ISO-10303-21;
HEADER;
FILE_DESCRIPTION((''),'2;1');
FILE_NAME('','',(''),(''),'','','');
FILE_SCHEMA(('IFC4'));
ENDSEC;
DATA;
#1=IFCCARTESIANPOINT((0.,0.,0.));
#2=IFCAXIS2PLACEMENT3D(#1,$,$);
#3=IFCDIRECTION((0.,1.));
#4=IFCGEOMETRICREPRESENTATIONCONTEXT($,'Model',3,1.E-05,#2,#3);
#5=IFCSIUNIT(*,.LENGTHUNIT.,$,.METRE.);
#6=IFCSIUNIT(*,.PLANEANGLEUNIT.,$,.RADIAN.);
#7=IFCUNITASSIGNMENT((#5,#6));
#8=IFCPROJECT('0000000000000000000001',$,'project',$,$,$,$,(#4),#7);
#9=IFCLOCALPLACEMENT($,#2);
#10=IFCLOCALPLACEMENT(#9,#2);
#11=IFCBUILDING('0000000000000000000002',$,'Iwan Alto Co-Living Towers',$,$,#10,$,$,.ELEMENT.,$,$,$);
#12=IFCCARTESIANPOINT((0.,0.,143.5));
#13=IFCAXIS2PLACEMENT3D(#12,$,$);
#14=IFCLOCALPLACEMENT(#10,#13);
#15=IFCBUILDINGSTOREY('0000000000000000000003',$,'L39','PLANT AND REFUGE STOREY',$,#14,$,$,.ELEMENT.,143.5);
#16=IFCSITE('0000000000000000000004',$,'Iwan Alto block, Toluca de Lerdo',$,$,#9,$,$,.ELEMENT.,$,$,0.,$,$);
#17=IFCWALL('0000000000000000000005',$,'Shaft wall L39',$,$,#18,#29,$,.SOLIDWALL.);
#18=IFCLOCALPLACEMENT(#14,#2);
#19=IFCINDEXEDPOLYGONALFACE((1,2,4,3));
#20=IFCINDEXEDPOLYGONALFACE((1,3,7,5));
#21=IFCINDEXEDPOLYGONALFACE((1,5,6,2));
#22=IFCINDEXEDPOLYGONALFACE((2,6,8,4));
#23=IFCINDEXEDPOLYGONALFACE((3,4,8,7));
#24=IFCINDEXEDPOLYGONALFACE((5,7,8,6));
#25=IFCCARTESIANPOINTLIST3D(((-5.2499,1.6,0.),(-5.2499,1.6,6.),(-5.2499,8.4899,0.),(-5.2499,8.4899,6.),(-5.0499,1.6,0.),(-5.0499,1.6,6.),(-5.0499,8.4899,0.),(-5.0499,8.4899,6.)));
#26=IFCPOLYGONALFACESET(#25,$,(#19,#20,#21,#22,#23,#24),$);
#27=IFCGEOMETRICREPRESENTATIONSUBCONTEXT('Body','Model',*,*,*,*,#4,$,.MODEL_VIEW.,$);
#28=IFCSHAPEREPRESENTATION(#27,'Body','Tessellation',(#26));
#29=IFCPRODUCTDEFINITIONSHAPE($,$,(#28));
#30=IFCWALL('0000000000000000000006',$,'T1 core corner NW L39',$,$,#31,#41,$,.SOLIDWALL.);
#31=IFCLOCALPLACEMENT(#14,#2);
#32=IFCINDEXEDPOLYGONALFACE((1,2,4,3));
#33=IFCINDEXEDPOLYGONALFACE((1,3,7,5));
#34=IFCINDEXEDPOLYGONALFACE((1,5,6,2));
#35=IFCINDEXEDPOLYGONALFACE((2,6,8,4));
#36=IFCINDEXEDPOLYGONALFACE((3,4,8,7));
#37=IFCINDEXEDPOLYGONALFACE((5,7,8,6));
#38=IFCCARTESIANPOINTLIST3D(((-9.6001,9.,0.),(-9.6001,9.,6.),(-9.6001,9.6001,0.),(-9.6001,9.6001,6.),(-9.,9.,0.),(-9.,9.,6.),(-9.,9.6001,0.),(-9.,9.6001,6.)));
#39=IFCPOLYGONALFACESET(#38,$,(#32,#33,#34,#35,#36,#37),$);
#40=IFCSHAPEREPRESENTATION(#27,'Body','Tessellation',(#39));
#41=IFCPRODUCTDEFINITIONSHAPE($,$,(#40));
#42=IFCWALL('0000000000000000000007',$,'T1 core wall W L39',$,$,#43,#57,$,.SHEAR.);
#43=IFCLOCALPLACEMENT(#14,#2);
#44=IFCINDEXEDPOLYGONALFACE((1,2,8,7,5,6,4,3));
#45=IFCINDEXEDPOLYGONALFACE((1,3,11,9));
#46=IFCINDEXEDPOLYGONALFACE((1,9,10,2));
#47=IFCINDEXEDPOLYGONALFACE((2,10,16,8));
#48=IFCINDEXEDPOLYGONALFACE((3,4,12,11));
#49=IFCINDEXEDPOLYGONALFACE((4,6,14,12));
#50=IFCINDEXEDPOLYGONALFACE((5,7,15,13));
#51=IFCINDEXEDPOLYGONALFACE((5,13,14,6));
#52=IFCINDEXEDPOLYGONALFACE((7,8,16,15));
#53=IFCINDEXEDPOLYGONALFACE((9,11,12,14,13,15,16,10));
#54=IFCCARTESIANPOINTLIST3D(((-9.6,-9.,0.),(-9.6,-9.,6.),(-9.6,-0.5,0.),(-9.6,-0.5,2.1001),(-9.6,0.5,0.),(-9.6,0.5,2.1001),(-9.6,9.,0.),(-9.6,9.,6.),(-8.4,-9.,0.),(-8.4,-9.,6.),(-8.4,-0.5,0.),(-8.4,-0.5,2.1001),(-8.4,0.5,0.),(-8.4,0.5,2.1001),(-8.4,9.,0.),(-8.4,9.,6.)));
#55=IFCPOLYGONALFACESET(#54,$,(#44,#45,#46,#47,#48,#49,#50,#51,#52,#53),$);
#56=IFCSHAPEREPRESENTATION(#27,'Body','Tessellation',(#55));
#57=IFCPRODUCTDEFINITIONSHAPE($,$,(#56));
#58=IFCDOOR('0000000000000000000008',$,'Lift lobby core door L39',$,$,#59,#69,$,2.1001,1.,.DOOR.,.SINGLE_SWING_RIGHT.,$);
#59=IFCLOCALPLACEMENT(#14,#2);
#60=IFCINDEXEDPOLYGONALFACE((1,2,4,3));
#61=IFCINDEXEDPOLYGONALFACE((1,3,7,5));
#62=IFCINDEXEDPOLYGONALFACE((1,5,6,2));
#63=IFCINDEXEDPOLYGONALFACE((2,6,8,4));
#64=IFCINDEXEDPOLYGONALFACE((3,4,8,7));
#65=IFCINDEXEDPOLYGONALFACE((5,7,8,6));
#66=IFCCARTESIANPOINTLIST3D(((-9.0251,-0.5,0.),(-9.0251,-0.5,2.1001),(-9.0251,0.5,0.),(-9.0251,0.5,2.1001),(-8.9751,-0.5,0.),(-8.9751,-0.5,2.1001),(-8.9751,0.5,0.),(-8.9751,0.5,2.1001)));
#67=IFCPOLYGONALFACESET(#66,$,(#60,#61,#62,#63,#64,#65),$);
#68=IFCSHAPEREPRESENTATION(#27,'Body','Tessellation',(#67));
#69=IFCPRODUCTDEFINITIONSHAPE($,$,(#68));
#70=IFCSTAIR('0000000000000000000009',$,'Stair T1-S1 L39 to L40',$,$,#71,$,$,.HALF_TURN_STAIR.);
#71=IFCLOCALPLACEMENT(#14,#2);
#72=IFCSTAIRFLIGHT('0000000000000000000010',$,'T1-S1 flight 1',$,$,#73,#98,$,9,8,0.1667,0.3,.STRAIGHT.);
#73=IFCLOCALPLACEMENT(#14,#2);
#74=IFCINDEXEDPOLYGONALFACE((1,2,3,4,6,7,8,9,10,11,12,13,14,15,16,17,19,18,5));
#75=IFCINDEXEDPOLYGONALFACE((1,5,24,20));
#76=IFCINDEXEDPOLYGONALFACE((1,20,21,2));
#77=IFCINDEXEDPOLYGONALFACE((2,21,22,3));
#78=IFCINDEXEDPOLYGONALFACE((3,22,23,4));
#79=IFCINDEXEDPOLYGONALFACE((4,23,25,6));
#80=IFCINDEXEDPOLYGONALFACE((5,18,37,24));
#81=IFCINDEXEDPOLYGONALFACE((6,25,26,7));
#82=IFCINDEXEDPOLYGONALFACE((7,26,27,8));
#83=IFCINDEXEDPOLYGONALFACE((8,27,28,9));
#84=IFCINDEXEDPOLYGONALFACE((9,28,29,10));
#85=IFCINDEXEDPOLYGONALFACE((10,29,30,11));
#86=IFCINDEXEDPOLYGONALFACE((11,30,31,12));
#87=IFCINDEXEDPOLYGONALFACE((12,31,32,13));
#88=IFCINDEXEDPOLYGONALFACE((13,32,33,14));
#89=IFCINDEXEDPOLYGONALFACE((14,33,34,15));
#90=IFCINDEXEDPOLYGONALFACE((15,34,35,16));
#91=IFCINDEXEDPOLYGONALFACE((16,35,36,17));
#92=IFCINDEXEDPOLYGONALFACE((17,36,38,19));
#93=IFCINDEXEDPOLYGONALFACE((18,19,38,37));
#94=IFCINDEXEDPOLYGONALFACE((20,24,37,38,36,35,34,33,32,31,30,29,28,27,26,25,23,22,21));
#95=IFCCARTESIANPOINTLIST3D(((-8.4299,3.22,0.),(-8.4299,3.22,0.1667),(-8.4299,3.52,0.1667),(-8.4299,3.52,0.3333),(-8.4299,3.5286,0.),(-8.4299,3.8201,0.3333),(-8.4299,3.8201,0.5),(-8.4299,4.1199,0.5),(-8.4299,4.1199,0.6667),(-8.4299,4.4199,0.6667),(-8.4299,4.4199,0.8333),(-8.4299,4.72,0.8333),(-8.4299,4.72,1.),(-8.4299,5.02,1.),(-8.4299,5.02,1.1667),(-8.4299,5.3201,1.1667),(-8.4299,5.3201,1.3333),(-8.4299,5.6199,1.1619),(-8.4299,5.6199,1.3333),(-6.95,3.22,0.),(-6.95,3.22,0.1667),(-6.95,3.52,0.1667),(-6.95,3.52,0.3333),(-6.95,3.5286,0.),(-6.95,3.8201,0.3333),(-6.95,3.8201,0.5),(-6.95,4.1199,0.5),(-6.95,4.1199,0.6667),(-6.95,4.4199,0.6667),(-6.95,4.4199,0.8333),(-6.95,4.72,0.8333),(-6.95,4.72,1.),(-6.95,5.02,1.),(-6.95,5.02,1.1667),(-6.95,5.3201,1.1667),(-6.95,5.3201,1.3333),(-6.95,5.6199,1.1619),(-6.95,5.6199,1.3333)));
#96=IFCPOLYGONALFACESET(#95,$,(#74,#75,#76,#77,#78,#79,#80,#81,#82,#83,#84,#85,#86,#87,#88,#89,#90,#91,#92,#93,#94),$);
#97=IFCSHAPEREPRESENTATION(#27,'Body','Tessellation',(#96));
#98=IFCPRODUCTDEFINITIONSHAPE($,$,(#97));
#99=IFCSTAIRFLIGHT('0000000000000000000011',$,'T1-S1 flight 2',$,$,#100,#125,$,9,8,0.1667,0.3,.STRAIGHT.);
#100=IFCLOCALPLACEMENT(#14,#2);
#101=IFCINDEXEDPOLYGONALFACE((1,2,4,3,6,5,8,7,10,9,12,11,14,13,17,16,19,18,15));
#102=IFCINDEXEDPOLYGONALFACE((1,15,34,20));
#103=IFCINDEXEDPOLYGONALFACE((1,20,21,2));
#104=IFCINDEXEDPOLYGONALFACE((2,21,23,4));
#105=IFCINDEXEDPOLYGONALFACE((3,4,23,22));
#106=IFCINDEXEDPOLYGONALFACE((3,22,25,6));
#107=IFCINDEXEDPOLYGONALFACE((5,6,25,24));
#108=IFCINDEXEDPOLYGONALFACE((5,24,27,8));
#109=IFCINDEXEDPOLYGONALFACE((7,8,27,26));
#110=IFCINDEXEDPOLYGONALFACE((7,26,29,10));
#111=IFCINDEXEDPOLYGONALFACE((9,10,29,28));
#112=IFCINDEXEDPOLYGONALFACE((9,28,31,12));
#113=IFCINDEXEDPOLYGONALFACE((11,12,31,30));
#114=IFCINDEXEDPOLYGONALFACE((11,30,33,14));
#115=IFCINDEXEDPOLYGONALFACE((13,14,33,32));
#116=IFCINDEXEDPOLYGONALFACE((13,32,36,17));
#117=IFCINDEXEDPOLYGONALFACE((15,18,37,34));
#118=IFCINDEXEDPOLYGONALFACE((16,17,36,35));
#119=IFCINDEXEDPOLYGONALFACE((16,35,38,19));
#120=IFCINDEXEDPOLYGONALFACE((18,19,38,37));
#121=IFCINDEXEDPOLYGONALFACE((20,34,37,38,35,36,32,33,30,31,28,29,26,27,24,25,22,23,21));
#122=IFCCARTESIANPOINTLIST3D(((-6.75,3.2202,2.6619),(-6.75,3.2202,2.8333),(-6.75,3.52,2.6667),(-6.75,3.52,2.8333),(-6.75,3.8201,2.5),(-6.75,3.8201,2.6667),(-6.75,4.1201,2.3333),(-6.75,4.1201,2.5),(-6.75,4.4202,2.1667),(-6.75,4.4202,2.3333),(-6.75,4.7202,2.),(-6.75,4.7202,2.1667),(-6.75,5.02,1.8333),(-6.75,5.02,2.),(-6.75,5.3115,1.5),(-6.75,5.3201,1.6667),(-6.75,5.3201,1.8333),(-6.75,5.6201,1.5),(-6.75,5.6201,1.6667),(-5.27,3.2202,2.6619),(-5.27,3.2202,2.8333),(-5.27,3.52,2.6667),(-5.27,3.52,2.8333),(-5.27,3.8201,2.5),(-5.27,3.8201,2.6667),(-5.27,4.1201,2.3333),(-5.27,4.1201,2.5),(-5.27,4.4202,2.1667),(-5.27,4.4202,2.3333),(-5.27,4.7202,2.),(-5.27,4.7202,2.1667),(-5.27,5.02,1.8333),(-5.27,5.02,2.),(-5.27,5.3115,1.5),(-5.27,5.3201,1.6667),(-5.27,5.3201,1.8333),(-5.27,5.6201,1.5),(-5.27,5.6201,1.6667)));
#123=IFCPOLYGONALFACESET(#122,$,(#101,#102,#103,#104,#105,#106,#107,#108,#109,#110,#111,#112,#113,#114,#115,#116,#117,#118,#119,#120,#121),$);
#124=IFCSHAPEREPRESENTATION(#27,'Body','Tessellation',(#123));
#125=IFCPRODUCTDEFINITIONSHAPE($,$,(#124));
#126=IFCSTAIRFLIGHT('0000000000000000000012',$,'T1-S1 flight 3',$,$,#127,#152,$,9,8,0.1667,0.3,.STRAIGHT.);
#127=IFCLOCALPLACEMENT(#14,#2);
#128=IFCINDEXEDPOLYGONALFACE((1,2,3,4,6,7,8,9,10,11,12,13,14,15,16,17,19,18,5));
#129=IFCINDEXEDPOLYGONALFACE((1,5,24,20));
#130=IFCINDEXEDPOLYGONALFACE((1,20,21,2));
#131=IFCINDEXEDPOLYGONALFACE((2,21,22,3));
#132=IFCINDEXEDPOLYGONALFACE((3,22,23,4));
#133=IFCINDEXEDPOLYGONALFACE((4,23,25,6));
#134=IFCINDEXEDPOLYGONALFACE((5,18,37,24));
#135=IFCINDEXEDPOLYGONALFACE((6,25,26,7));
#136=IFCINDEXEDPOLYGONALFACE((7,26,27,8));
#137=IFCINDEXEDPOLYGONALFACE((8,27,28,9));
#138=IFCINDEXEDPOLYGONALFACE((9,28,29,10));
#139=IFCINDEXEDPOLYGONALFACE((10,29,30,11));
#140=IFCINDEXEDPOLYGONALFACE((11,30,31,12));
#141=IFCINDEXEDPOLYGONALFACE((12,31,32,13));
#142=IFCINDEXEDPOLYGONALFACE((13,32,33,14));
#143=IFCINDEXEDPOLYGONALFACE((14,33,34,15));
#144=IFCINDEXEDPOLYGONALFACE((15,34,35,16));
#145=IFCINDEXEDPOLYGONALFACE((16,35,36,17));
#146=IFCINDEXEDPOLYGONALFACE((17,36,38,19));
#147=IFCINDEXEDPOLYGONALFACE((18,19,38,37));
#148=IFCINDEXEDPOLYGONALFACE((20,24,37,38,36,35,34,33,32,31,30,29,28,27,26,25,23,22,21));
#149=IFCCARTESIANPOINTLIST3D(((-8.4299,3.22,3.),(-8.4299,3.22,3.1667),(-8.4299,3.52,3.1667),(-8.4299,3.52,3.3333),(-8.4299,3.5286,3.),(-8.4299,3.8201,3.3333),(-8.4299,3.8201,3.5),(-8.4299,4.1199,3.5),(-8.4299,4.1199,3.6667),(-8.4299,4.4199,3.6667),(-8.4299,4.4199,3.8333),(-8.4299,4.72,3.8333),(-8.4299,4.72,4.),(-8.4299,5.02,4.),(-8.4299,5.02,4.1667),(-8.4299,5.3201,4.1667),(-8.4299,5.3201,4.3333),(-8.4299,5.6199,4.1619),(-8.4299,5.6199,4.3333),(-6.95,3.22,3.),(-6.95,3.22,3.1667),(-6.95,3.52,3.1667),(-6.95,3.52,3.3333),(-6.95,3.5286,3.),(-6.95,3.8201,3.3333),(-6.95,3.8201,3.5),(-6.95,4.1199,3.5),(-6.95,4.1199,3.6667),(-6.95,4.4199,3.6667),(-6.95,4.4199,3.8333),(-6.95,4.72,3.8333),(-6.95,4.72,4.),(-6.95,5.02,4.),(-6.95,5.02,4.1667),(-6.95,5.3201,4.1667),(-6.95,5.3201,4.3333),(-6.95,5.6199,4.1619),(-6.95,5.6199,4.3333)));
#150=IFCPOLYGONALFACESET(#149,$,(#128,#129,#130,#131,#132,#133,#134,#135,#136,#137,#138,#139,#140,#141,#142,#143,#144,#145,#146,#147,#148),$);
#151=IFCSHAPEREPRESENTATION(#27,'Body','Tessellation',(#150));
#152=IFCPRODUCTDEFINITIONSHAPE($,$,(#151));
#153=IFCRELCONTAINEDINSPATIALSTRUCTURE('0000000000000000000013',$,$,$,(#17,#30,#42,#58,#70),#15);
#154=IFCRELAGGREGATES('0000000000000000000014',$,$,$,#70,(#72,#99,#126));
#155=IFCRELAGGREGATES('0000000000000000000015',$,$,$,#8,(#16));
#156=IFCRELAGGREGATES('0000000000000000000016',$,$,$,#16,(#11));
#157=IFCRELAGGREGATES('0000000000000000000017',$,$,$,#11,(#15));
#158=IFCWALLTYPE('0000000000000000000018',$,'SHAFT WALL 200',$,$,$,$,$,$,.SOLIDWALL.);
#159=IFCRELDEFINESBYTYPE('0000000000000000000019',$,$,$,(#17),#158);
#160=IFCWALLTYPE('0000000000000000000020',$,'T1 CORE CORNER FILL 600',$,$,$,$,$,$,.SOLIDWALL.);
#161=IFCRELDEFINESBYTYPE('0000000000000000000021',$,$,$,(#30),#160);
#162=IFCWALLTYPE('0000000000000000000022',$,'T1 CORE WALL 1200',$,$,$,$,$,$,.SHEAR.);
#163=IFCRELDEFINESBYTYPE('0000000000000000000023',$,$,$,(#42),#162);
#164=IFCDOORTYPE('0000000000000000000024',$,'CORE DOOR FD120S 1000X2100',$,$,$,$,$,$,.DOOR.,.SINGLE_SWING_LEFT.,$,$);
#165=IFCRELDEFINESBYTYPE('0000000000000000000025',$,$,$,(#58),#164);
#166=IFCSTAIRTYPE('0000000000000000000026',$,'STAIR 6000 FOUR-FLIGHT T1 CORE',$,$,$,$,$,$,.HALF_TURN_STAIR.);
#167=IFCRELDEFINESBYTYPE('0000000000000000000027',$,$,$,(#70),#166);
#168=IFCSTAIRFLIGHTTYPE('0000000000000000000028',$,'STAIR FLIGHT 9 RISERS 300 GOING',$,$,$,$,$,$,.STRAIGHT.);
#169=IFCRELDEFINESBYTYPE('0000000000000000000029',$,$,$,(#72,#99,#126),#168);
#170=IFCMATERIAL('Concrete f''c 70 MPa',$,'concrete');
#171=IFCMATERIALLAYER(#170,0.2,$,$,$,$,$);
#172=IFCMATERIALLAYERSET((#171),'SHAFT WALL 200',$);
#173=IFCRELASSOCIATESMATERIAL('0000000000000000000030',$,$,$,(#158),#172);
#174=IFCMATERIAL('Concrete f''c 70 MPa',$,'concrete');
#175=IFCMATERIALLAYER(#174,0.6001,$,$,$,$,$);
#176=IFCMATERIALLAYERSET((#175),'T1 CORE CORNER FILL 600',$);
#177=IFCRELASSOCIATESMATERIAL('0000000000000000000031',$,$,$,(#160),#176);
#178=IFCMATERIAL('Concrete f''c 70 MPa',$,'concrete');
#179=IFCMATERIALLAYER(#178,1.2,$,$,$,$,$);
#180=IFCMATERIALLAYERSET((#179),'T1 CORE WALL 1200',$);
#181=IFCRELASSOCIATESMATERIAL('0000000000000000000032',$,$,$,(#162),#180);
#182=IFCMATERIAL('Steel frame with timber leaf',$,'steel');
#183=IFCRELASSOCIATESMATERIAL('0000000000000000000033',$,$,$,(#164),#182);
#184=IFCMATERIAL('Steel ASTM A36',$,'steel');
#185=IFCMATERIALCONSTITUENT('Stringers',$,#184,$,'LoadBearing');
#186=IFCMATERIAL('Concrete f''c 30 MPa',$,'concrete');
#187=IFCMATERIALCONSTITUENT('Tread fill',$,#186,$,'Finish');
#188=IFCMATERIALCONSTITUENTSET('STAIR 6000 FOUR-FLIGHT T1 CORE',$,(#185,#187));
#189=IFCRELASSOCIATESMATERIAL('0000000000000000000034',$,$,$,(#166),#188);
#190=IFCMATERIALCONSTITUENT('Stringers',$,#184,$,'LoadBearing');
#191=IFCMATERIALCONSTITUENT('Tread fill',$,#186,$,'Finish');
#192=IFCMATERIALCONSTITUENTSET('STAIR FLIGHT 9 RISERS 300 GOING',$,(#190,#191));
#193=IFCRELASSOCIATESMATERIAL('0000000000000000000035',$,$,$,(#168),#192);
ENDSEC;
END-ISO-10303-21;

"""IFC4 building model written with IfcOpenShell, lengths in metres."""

from ifc_helpers import new_model, si_unit, direction, frame, frame_2d, origin, place, context, subcontext, project, spatial, polyline, rectangle, outline, extrude, material, layer, layer_set, constituent, constituent_set, type_object, element, fill, aggregate, save


model = new_model("IFC4")

# Units and contexts
model_context = context("Model", 3, precision=1e-05, world=origin(), true_north=direction((0.0, 1.0)))
body_context = subcontext(model_context, "Body", "Model", "MODEL_VIEW")
ifc_project = project(units=[si_unit("LENGTHUNIT", "METRE"), si_unit("PLANEANGLEUNIT", "RADIAN")], contexts=[model_context])

# Site, building, storey
site_placement = place(None, origin())
site = spatial("IfcSite", under=ifc_project, at=site_placement, Name="Iwan Alto block, Toluca de Lerdo", CompositionType="ELEMENT", RefElevation=0.0)
building_placement = place(site_placement, origin())
building = spatial("IfcBuilding", under=site, at=building_placement, Name="Iwan Alto Co-Living Towers", CompositionType="ELEMENT")
storey_placement = place(building_placement, frame((0.0, 0.0, 143.5)))
storey = spatial("IfcBuildingStorey", under=building, at=storey_placement, Name="L39", Description="PLANT AND REFUGE STOREY", CompositionType="ELEMENT", Elevation=143.5)

# Shared definitions
ifc_material_1 = material(Name="Concrete f'c 70 MPa", Category="concrete")
ifc_layer_1 = layer(ifc_material_1, 0.2)
ifc_layer_set_1 = layer_set([ifc_layer_1], Name="SHAFT WALL 200")
wall_type_1 = type_object("IfcWallType", Name="SHAFT WALL 200", PredefinedType="SOLIDWALL", material=ifc_layer_set_1)

# Walls
wall_1_placement = place(storey_placement, frame((-5.1499, 1.6001, 0.0), z_axis=(0.0, 0.0, 1.0), x_axis=(0.0, 1.0, 0.0)))
element("IfcWall", 1, at=wall_1_placement, inside=storey, type_object=wall_type_1, Name="Shaft wall L39", PredefinedType="SOLIDWALL", context=body_context, shape_type="SweptSolid", body=[
    extrude(rectangle(XDim=6.8899, YDim=0.2, at=frame_2d((3.4448, 0.0))), origin(), (0.0, 0.0, 1.0), 6.0),
])
ifc_material_2 = material(Name="Concrete f'c 70 MPa", Category="concrete")
ifc_layer_2 = layer(ifc_material_2, 0.6001)
ifc_layer_set_2 = layer_set([ifc_layer_2], Name="T1 CORE CORNER FILL 600")
wall_type_2 = type_object("IfcWallType", Name="T1 CORE CORNER FILL 600", PredefinedType="SOLIDWALL", material=ifc_layer_set_2)
wall_2_placement = place(storey_placement, frame((-9.6001, 9.3, 0.0), z_axis=(0.0, 0.0, 1.0), x_axis=(1.0, 0.0, 0.0)))
element("IfcWall", 2, at=wall_2_placement, inside=storey, type_object=wall_type_2, Name="T1 core corner NW L39", PredefinedType="SOLIDWALL", context=body_context, shape_type="SweptSolid", body=[
    extrude(rectangle(XDim=0.6001, YDim=0.6001, at=frame_2d((0.3, 0.0))), origin(), (0.0, 0.0, 1.0), 6.0),
])

# Wall, opening, door
ifc_material_3 = material(Name="Concrete f'c 70 MPa", Category="concrete")
ifc_layer_3 = layer(ifc_material_3, 1.2)
ifc_layer_set_3 = layer_set([ifc_layer_3], Name="T1 CORE WALL 1200")
wall_type_3 = type_object("IfcWallType", Name="T1 CORE WALL 1200", PredefinedType="SHEAR", material=ifc_layer_set_3)
wall_3_placement = place(storey_placement, frame((-9.0, 9.0, 0.0), z_axis=(0.0, 0.0, 1.0), x_axis=(0.0, -1.0, 0.0)))
wall_3 = element("IfcWall", 3, at=wall_3_placement, inside=storey, type_object=wall_type_3, Name="T1 core wall W L39", PredefinedType="SHEAR", context=body_context, shape_type="SweptSolid", body=[
    extrude(rectangle(XDim=18.0, YDim=1.2, at=frame_2d((9.0, 0.0))), origin(), (0.0, 0.0, 1.0), 6.0),
])
opening_1_placement = place(wall_3_placement, frame((8.5, 0.0, 0.0)))
opening_1 = element("IfcOpeningElement", 4, at=opening_1_placement, cuts=wall_3, PredefinedType="OPENING", context=body_context, shape_type="SweptSolid", body=[
    extrude(rectangle(XDim=1.0, YDim=2.1001, at=frame_2d((0.5, 1.05))), frame((0.0, 0.6099, 0.0), z_axis=(0.0, -1.0, 0.0), x_axis=(1.0, 0.0, 0.0)), (0.0, 0.0, 1.0), 1.22),
])
ifc_material_4 = material(Name="Steel frame with timber leaf", Category="steel")
door_type_1 = type_object("IfcDoorType", Name="CORE DOOR FD120S 1000X2100", OperationType="SINGLE_SWING_LEFT", PredefinedType="DOOR", material=ifc_material_4)
door_1_placement = place(opening_1_placement, origin())
door_1 = element("IfcDoor", 5, at=door_1_placement, inside=storey, type_object=door_type_1, Name="Lift lobby core door L39", OperationType="SINGLE_SWING_RIGHT", OverallHeight=2.1001, OverallWidth=1.0, PredefinedType="DOOR", context=body_context, shape_type="SweptSolid", body=[
    extrude(rectangle(XDim=1.0, YDim=2.1001, at=frame_2d((0.5, 1.05))), frame((0.0, 0.0249, 0.0), z_axis=(0.0, -1.0, 0.0), x_axis=(1.0, 0.0, 0.0)), (0.0, 0.0, 1.0), 0.05),
])
fill(opening_1, door_1)

# Stair, stair flights
ifc_material_5 = material(Name="Steel ASTM A36", Category="steel")
ifc_constituent_1 = constituent(ifc_material_5, Name="Stringers", Category="LoadBearing")
ifc_material_6 = material(Name="Concrete f'c 30 MPa", Category="concrete")
ifc_constituent_2 = constituent(ifc_material_6, Name="Tread fill", Category="Finish")
ifc_constituent_set_1 = constituent_set(constituents=[ifc_constituent_1, ifc_constituent_2], Name="STAIR 6000 FOUR-FLIGHT T1 CORE")
stair_type = type_object("IfcStairType", Name="STAIR 6000 FOUR-FLIGHT T1 CORE", PredefinedType="HALF_TURN_STAIR", material=ifc_constituent_set_1)
stair_placement = place(storey_placement, origin())
stair = element("IfcStair", 6, at=stair_placement, inside=storey, type_object=stair_type, Name="Stair T1-S1 L39 to L40", PredefinedType="HALF_TURN_STAIR")
ifc_constituent_3 = constituent(ifc_material_5, Name="Stringers", Category="LoadBearing")
ifc_constituent_4 = constituent(ifc_material_6, Name="Tread fill", Category="Finish")
ifc_constituent_set_2 = constituent_set(constituents=[ifc_constituent_3, ifc_constituent_4], Name="STAIR FLIGHT 9 RISERS 300 GOING")
stair_flight_type = type_object("IfcStairFlightType", Name="STAIR FLIGHT 9 RISERS 300 GOING", PredefinedType="STRAIGHT", material=ifc_constituent_set_2)
stair_flight_1_placement = place(storey_placement, frame((-7.6899, 3.22, 0.0), z_axis=(0.0, 0.0, 1.0), x_axis=(0.0, 1.0, 0.0)))
stair_flight_1 = element("IfcStairFlight", 7, at=stair_flight_1_placement, type_object=stair_flight_type, Name="T1-S1 flight 1", NumberOfRisers=9, NumberOfTreads=8, PredefinedType="STRAIGHT", RiserHeight=0.1667, TreadLength=0.3, context=body_context, shape_type="SweptSolid", body=[
    extrude(outline(polyline([(0.0, 0.0), (0.0, 0.1667), (0.3, 0.1667), (0.3, 0.3333), (0.6001, 0.3333), (0.6001, 0.5), (0.8999, 0.5), (0.8999, 0.6667), (1.2, 0.6667), (1.2, 0.8333), (1.5, 0.8333), (1.5, 1.0), (1.8, 1.0), (1.8, 1.1667), (2.1001, 1.1667), (2.1001, 1.3333), (2.3999, 1.3333), (2.3999, 1.5), (2.3999, 1.1619), (0.3086, 0.0), (0.0, 0.0)])), frame((0.0, 0.74, 0.0), z_axis=(0.0, -1.0, 0.0), x_axis=(1.0, 0.0, 0.0)), (0.0, 0.0, 1.0), 1.48),
])
stair_flight_2_placement = place(storey_placement, frame((-6.01, 5.6201, 1.5), z_axis=(0.0, 0.0, 1.0), x_axis=(0.0, -1.0, 0.0)))
stair_flight_2 = element("IfcStairFlight", 8, at=stair_flight_2_placement, type_object=stair_flight_type, Name="T1-S1 flight 2", NumberOfRisers=9, NumberOfTreads=8, PredefinedType="STRAIGHT", RiserHeight=0.1667, TreadLength=0.3, context=body_context, shape_type="SweptSolid", body=[
    extrude(outline(polyline([(0.0, 0.0), (0.0, 0.1667), (0.3, 0.1667), (0.3, 0.3333), (0.6001, 0.3333), (0.6001, 0.5), (0.8999, 0.5), (0.8999, 0.6667), (1.2, 0.6667), (1.2, 0.8333), (1.5, 0.8333), (1.5, 1.0), (1.8, 1.0), (1.8, 1.1667), (2.1001, 1.1667), (2.1001, 1.3333), (2.3999, 1.3333), (2.3999, 1.5), (2.3999, 1.1619), (0.3086, 0.0), (0.0, 0.0)])), frame((0.0, 0.74, 0.0), z_axis=(0.0, -1.0, 0.0), x_axis=(1.0, 0.0, 0.0)), (0.0, 0.0, 1.0), 1.48),
])
stair_flight_3_placement = place(storey_placement, frame((-7.6899, 3.22, 3.0), z_axis=(0.0, 0.0, 1.0), x_axis=(0.0, 1.0, 0.0)))
stair_flight_3 = element("IfcStairFlight", 9, at=stair_flight_3_placement, type_object=stair_flight_type, Name="T1-S1 flight 3", NumberOfRisers=9, NumberOfTreads=8, PredefinedType="STRAIGHT", RiserHeight=0.1667, TreadLength=0.3, context=body_context, shape_type="SweptSolid", body=[
    extrude(outline(polyline([(0.0, 0.0), (0.0, 0.1667), (0.3, 0.1667), (0.3, 0.3333), (0.6001, 0.3333), (0.6001, 0.5), (0.8999, 0.5), (0.8999, 0.6667), (1.2, 0.6667), (1.2, 0.8333), (1.5, 0.8333), (1.5, 1.0), (1.8, 1.0), (1.8, 1.1667), (2.1001, 1.1667), (2.1001, 1.3333), (2.3999, 1.3333), (2.3999, 1.5), (2.3999, 1.1619), (0.3086, 0.0), (0.0, 0.0)])), frame((0.0, 0.74, 0.0), z_axis=(0.0, -1.0, 0.0), x_axis=(1.0, 0.0, 0.0)), (0.0, 0.0, 1.0), 1.48),
])
aggregate(stair, [stair_flight_1, stair_flight_2, stair_flight_3])

save(model, "model.ifc")
